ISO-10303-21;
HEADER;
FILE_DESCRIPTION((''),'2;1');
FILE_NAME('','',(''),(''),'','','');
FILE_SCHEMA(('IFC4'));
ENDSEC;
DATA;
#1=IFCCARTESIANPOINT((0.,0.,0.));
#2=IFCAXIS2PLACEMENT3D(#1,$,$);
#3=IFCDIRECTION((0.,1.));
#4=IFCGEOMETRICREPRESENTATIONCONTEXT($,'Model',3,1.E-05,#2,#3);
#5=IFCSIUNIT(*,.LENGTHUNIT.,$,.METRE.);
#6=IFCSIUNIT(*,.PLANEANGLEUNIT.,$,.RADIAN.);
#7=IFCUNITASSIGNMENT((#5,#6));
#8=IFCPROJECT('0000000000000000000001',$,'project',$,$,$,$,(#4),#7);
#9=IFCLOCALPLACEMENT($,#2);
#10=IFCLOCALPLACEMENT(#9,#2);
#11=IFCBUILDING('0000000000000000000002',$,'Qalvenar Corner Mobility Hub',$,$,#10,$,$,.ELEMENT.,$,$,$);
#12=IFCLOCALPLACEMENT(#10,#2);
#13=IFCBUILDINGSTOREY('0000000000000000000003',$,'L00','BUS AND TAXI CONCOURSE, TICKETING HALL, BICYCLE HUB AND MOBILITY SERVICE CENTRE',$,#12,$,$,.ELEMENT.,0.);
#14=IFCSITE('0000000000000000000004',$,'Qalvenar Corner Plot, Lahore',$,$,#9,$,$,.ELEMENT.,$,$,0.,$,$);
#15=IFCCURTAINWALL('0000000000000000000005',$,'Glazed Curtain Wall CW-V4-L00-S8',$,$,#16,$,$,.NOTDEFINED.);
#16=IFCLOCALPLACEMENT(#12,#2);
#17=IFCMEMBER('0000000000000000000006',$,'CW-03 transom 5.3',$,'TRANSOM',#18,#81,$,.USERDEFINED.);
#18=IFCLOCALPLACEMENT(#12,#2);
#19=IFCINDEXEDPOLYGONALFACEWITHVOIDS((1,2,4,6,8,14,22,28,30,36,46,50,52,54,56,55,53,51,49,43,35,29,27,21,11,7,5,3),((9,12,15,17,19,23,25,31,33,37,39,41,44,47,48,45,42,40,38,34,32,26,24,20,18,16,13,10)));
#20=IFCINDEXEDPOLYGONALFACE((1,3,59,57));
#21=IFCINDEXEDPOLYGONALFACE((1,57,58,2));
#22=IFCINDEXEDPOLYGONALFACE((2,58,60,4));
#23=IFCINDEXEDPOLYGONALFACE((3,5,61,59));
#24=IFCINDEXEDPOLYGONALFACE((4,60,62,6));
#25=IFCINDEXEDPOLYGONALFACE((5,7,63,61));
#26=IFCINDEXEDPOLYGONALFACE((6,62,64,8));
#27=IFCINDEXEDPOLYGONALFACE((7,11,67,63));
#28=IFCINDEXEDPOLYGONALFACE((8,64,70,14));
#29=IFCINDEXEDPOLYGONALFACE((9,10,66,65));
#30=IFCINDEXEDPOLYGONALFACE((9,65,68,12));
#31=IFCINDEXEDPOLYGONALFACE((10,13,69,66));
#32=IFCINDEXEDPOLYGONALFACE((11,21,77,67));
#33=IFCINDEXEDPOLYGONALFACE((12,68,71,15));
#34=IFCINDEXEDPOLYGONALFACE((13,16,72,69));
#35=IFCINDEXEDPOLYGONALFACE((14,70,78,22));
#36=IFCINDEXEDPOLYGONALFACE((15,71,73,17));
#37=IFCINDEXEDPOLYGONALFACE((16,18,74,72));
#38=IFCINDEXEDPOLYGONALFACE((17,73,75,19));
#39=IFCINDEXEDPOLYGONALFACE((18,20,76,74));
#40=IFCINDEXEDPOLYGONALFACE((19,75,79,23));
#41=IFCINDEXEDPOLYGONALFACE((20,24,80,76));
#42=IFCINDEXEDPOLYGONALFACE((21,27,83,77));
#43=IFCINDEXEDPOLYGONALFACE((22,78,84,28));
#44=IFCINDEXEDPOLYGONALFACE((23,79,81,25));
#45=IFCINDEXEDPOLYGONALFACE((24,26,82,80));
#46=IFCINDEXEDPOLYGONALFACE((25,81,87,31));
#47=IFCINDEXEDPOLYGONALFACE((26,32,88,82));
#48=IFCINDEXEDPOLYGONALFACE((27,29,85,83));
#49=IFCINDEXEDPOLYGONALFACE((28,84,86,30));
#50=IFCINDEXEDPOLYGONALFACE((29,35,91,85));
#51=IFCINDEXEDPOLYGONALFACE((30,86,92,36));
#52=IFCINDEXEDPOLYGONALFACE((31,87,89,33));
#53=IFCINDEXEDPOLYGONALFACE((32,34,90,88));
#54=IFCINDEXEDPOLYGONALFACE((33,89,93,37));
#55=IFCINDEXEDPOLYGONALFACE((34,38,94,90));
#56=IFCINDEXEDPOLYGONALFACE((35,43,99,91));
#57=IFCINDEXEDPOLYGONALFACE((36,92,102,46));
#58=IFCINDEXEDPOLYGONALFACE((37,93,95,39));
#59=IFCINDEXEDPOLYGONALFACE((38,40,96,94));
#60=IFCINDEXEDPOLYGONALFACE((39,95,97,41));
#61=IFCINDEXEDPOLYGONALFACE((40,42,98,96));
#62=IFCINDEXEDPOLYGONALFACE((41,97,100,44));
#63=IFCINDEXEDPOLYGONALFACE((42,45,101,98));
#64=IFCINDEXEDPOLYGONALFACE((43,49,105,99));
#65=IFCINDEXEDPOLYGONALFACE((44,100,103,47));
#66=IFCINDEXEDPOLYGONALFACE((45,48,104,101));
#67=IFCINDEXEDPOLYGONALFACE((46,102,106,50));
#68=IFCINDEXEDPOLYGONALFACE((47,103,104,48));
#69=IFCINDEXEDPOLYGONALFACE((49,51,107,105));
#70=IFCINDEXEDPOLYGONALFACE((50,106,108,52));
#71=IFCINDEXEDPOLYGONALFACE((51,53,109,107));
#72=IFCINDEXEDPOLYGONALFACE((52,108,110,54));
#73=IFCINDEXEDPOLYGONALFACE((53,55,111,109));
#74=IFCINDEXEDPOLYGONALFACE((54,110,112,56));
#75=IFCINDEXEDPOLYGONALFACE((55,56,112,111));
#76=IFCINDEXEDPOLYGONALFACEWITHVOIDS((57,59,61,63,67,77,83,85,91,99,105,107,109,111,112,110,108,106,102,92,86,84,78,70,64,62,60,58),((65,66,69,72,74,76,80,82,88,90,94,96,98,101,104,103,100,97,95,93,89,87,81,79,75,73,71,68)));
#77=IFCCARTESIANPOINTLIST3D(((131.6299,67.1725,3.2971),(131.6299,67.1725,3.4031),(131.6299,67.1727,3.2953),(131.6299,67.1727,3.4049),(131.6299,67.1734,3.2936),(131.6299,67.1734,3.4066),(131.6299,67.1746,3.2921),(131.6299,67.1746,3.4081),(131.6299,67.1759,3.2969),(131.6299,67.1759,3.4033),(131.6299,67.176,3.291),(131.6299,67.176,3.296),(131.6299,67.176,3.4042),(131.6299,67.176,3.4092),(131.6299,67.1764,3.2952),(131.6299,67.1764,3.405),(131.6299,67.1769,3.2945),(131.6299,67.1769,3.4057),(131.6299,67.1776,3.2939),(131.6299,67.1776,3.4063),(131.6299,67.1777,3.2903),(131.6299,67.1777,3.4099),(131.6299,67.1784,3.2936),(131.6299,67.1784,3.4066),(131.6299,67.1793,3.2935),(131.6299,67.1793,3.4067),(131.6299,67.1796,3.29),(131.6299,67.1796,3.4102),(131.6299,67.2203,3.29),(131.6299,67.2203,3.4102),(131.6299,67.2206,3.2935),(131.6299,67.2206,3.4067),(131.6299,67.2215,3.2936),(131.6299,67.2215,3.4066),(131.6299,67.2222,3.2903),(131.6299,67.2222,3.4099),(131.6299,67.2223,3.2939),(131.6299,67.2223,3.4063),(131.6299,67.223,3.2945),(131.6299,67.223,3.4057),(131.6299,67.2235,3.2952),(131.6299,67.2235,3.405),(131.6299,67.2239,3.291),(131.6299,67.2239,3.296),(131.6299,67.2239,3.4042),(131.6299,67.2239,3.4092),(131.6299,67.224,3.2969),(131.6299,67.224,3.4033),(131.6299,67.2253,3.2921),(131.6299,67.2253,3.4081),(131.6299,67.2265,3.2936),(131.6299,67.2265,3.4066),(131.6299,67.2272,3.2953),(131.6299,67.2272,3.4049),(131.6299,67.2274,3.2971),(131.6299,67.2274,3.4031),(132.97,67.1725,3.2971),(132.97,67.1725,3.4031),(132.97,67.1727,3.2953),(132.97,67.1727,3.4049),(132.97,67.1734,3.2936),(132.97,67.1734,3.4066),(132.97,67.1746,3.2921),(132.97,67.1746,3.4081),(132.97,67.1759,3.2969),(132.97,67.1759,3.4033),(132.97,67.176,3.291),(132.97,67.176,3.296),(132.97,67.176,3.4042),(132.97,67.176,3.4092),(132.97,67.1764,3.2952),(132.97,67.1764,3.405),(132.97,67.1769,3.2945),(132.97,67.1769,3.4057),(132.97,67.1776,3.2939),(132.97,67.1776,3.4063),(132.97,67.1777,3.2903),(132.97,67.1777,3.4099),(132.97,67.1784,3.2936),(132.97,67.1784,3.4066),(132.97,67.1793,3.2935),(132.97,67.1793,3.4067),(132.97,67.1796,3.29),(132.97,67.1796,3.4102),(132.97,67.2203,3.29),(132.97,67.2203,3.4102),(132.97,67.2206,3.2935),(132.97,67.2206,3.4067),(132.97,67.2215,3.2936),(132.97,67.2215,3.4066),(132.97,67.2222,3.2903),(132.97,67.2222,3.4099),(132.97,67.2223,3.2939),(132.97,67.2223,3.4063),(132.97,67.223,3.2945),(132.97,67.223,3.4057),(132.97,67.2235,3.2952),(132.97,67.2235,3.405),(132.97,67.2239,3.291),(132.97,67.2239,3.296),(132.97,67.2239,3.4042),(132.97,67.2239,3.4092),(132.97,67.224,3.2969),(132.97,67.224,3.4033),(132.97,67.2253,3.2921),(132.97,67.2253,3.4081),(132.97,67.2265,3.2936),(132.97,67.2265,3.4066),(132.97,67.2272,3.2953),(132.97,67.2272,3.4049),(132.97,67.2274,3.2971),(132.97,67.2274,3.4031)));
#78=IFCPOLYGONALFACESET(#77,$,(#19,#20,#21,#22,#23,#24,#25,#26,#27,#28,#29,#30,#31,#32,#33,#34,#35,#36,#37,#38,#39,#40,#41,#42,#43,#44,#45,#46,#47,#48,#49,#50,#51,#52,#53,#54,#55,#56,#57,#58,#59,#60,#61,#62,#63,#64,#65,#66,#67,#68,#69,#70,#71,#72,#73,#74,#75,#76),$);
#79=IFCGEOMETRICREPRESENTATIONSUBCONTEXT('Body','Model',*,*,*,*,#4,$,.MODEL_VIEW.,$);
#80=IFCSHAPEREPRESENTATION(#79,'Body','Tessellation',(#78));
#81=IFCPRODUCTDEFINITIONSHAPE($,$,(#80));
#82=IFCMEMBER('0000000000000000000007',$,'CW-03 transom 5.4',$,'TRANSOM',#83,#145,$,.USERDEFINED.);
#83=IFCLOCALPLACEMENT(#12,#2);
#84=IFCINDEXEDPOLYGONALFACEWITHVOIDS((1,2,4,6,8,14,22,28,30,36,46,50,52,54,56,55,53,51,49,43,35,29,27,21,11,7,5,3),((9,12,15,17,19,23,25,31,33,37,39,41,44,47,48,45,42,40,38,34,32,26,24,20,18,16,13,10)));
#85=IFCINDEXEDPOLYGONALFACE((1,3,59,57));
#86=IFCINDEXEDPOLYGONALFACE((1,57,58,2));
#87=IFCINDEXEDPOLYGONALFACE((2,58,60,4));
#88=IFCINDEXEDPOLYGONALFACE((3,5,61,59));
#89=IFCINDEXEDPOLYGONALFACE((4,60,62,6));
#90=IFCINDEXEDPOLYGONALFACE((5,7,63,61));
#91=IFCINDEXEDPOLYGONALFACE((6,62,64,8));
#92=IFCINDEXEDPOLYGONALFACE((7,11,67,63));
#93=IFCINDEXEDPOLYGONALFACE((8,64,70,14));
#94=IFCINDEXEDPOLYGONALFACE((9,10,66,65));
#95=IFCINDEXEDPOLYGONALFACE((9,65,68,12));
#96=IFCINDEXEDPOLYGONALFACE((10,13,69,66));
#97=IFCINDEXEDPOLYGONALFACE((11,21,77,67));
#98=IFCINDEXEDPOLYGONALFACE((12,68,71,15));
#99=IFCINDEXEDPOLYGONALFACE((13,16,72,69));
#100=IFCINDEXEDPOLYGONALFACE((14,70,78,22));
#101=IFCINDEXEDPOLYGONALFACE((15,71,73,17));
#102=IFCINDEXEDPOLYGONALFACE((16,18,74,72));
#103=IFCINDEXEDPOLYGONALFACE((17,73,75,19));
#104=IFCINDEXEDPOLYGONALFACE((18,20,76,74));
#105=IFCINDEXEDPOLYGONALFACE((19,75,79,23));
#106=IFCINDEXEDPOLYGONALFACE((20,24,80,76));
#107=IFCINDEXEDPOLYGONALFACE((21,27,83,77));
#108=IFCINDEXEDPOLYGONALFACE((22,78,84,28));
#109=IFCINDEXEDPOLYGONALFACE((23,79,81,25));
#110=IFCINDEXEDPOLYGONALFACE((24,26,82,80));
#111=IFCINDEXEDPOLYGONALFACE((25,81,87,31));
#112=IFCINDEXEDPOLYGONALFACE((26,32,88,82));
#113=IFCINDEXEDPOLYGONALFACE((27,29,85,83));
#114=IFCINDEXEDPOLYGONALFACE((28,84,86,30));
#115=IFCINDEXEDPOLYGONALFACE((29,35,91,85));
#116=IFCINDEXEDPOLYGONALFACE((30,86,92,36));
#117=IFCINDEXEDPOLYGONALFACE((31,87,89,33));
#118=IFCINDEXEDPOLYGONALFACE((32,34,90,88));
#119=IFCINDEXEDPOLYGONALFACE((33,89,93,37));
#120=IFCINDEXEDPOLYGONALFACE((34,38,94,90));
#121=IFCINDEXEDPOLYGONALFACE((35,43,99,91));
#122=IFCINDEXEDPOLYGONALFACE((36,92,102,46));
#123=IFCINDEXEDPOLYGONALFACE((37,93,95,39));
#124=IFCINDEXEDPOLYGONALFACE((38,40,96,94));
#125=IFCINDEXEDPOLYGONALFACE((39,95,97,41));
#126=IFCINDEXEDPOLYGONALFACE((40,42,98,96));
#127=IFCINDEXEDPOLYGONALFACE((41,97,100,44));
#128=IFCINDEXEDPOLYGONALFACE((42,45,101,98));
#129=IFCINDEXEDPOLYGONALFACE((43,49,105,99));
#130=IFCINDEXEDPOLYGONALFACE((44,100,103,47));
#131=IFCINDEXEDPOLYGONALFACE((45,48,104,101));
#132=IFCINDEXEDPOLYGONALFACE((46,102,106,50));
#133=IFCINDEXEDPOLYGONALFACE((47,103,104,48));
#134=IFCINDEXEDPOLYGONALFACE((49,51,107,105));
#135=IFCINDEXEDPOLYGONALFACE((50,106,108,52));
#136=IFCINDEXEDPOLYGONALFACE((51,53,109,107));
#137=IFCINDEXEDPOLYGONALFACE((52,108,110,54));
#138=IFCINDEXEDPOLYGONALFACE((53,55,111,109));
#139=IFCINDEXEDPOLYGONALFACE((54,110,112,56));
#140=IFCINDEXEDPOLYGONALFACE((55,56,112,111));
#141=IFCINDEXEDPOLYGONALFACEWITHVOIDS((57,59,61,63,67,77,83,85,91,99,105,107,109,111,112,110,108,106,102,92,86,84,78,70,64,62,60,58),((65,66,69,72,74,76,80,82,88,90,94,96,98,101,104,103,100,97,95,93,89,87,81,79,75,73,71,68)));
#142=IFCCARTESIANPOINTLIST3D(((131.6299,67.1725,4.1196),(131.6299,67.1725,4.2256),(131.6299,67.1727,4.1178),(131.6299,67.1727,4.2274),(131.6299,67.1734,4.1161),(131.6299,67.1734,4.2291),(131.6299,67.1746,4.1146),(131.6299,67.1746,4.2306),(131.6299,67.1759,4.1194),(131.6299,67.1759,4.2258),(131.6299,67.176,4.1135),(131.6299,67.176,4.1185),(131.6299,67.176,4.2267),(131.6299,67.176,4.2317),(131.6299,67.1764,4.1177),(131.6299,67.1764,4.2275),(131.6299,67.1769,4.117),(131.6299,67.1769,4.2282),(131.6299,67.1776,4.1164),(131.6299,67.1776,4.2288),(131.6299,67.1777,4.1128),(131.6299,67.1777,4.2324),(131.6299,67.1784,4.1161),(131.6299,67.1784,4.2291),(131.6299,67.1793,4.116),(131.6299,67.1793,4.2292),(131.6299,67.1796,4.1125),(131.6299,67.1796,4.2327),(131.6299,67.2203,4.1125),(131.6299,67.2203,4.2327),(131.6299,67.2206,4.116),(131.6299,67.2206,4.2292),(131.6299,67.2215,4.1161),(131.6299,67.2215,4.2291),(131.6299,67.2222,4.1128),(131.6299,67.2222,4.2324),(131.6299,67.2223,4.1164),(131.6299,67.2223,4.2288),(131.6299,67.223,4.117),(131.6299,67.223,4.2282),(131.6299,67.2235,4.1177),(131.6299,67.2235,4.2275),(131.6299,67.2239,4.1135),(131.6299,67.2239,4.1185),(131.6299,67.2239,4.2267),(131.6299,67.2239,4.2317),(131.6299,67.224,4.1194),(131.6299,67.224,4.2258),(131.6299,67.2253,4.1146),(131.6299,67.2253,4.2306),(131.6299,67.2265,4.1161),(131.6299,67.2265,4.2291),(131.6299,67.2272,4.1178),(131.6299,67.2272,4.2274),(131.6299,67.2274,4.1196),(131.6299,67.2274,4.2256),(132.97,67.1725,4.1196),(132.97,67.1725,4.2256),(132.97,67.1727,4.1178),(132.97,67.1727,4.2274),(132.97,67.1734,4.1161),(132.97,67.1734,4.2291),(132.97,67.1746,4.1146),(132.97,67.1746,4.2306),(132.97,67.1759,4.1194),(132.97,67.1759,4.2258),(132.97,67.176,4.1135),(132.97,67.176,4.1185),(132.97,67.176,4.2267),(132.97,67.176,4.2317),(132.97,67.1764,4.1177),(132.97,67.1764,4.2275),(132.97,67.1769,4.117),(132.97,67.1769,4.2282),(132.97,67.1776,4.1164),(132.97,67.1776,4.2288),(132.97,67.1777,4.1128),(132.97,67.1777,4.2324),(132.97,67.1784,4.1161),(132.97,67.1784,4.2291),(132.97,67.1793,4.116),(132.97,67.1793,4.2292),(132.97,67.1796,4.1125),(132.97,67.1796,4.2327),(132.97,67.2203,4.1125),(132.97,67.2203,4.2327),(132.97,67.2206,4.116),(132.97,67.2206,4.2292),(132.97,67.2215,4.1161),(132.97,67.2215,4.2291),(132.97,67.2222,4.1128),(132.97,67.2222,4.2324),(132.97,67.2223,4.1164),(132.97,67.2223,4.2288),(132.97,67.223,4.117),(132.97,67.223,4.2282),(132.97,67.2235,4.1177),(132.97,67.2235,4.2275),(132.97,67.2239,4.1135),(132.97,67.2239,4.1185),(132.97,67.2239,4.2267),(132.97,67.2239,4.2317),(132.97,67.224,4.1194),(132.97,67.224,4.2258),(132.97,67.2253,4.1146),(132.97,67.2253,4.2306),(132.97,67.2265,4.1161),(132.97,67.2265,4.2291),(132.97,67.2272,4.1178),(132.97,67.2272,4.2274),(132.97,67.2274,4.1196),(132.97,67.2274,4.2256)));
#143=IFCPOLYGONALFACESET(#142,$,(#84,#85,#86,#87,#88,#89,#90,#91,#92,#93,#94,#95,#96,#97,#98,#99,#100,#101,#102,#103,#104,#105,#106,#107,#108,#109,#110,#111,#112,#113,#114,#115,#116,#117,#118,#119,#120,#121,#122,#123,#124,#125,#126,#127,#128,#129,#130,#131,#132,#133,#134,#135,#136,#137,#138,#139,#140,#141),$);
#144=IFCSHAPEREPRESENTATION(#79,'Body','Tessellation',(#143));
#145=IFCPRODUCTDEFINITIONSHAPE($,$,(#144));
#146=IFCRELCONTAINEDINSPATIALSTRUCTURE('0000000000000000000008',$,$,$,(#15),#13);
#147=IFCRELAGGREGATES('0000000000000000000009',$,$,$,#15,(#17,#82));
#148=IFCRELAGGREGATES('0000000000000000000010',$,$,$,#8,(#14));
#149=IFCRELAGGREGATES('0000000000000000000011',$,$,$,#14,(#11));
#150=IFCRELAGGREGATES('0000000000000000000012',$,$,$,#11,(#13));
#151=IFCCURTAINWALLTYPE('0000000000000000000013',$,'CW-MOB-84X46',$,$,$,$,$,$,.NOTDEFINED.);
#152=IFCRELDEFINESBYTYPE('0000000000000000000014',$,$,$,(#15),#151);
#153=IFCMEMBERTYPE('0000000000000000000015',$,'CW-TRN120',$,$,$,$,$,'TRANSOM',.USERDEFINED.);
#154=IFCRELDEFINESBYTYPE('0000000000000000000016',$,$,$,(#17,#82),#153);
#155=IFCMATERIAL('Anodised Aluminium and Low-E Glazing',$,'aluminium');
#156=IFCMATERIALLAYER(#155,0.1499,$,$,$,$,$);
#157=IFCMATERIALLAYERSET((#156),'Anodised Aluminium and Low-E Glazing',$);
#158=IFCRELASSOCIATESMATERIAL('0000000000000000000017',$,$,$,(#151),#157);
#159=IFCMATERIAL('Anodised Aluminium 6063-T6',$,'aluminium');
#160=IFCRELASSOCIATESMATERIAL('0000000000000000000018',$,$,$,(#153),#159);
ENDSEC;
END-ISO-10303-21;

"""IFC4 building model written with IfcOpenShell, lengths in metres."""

from ifc_helpers import new_model, si_unit, direction, frame, origin, origin_2d, place, context, subcontext, project, spatial, hollow_rectangle, extrude, material, layer, layer_set, material_profile, profile_set, type_object, element, aggregate, save


model = new_model("IFC4")

# Units and contexts
model_context = context("Model", 3, precision=1e-05, world=origin(), true_north=direction((0.0, 1.0)))
body_context = subcontext(model_context, "Body", "Model", "MODEL_VIEW")
ifc_project = project(units=[si_unit("LENGTHUNIT", "METRE"), si_unit("PLANEANGLEUNIT", "RADIAN")], contexts=[model_context])

# Site, building, storey
site_placement = place(None, origin())
site = spatial("IfcSite", under=ifc_project, at=site_placement, Name="Qalvenar Corner Plot, Lahore", CompositionType="ELEMENT", RefElevation=0.0)
building_placement = place(site_placement, origin())
building = spatial("IfcBuilding", under=site, at=building_placement, Name="Qalvenar Corner Mobility Hub", CompositionType="ELEMENT")
storey_placement = place(building_placement, origin())
storey = spatial("IfcBuildingStorey", under=building, at=storey_placement, Name="L00", Description="BUS AND TAXI CONCOURSE, TICKETING HALL, BICYCLE HUB AND MOBILITY SERVICE CENTRE", CompositionType="ELEMENT", Elevation=0.0)

# Curtain wall, members
ifc_material_1 = material(Name="Anodised Aluminium and Low-E Glazing", Category="aluminium")
ifc_layer_1 = layer(ifc_material_1, 0.1499)
ifc_layer_set_1 = layer_set([ifc_layer_1], Name="Anodised Aluminium and Low-E Glazing")
curtain_wall_type = type_object("IfcCurtainWallType", Name="CW-MOB-84X46", PredefinedType="NOTDEFINED", material=ifc_layer_set_1)
curtain_wall_placement = place(storey_placement, origin())
curtain_wall = element("IfcCurtainWall", 1, at=curtain_wall_placement, inside=storey, type_object=curtain_wall_type, Name="Glazed Curtain Wall CW-V4-L00-S8", PredefinedType="NOTDEFINED")
ifc_material_2 = material(Name="Anodised Aluminium 6063-T6", Category="aluminium")
ifc_material_profile_1 = material_profile(ifc_material_2, hollow_rectangle(XDim=0.0549, YDim=0.1201, WallThickness=0.0034, InnerFilletRadius=0.0034, OuterFilletRadius=0.0071, at=origin_2d()), Name="RHS120x55x3.5")
ifc_profile_set_1 = profile_set([ifc_material_profile_1], Name="Anodised Aluminium 6063-T6")
member_type_1 = type_object("IfcMemberType", Name="CW-TRN120", ElementType="TRANSOM", PredefinedType="USERDEFINED", material=ifc_profile_set_1)
member_1_placement = place(storey_placement, frame((131.6299, 67.2, 3.3501), z_axis=(1.0, 0.0, 0.0), x_axis=(0.0, 1.0, 0.0)))
member_1 = element("IfcMember", 2, at=member_1_placement, type_object=member_type_1, Name="CW-03 transom 5.3", ObjectType="TRANSOM", PredefinedType="USERDEFINED", context=body_context, shape_type="SweptSolid", body=[
    extrude(hollow_rectangle(XDim=0.0549, YDim=0.1201, WallThickness=0.0034, InnerFilletRadius=0.0034, OuterFilletRadius=0.0071, at=origin_2d()), origin(), (0.0, 0.0, 1.0), 1.3401),
])
member_2_placement = place(storey_placement, frame((131.6299, 67.2, 4.1726), z_axis=(1.0, 0.0, 0.0), x_axis=(0.0, 1.0, 0.0)))
member_2 = element("IfcMember", 3, at=member_2_placement, type_object=member_type_1, Name="CW-03 transom 5.4", ObjectType="TRANSOM", PredefinedType="USERDEFINED", context=body_context, shape_type="SweptSolid", body=[
    extrude(hollow_rectangle(XDim=0.0549, YDim=0.1201, WallThickness=0.0034, InnerFilletRadius=0.0034, OuterFilletRadius=0.0071, at=origin_2d()), origin(), (0.0, 0.0, 1.0), 1.3401),
])
aggregate(curtain_wall, [member_1, member_2])

save(model, "model.ifc")
